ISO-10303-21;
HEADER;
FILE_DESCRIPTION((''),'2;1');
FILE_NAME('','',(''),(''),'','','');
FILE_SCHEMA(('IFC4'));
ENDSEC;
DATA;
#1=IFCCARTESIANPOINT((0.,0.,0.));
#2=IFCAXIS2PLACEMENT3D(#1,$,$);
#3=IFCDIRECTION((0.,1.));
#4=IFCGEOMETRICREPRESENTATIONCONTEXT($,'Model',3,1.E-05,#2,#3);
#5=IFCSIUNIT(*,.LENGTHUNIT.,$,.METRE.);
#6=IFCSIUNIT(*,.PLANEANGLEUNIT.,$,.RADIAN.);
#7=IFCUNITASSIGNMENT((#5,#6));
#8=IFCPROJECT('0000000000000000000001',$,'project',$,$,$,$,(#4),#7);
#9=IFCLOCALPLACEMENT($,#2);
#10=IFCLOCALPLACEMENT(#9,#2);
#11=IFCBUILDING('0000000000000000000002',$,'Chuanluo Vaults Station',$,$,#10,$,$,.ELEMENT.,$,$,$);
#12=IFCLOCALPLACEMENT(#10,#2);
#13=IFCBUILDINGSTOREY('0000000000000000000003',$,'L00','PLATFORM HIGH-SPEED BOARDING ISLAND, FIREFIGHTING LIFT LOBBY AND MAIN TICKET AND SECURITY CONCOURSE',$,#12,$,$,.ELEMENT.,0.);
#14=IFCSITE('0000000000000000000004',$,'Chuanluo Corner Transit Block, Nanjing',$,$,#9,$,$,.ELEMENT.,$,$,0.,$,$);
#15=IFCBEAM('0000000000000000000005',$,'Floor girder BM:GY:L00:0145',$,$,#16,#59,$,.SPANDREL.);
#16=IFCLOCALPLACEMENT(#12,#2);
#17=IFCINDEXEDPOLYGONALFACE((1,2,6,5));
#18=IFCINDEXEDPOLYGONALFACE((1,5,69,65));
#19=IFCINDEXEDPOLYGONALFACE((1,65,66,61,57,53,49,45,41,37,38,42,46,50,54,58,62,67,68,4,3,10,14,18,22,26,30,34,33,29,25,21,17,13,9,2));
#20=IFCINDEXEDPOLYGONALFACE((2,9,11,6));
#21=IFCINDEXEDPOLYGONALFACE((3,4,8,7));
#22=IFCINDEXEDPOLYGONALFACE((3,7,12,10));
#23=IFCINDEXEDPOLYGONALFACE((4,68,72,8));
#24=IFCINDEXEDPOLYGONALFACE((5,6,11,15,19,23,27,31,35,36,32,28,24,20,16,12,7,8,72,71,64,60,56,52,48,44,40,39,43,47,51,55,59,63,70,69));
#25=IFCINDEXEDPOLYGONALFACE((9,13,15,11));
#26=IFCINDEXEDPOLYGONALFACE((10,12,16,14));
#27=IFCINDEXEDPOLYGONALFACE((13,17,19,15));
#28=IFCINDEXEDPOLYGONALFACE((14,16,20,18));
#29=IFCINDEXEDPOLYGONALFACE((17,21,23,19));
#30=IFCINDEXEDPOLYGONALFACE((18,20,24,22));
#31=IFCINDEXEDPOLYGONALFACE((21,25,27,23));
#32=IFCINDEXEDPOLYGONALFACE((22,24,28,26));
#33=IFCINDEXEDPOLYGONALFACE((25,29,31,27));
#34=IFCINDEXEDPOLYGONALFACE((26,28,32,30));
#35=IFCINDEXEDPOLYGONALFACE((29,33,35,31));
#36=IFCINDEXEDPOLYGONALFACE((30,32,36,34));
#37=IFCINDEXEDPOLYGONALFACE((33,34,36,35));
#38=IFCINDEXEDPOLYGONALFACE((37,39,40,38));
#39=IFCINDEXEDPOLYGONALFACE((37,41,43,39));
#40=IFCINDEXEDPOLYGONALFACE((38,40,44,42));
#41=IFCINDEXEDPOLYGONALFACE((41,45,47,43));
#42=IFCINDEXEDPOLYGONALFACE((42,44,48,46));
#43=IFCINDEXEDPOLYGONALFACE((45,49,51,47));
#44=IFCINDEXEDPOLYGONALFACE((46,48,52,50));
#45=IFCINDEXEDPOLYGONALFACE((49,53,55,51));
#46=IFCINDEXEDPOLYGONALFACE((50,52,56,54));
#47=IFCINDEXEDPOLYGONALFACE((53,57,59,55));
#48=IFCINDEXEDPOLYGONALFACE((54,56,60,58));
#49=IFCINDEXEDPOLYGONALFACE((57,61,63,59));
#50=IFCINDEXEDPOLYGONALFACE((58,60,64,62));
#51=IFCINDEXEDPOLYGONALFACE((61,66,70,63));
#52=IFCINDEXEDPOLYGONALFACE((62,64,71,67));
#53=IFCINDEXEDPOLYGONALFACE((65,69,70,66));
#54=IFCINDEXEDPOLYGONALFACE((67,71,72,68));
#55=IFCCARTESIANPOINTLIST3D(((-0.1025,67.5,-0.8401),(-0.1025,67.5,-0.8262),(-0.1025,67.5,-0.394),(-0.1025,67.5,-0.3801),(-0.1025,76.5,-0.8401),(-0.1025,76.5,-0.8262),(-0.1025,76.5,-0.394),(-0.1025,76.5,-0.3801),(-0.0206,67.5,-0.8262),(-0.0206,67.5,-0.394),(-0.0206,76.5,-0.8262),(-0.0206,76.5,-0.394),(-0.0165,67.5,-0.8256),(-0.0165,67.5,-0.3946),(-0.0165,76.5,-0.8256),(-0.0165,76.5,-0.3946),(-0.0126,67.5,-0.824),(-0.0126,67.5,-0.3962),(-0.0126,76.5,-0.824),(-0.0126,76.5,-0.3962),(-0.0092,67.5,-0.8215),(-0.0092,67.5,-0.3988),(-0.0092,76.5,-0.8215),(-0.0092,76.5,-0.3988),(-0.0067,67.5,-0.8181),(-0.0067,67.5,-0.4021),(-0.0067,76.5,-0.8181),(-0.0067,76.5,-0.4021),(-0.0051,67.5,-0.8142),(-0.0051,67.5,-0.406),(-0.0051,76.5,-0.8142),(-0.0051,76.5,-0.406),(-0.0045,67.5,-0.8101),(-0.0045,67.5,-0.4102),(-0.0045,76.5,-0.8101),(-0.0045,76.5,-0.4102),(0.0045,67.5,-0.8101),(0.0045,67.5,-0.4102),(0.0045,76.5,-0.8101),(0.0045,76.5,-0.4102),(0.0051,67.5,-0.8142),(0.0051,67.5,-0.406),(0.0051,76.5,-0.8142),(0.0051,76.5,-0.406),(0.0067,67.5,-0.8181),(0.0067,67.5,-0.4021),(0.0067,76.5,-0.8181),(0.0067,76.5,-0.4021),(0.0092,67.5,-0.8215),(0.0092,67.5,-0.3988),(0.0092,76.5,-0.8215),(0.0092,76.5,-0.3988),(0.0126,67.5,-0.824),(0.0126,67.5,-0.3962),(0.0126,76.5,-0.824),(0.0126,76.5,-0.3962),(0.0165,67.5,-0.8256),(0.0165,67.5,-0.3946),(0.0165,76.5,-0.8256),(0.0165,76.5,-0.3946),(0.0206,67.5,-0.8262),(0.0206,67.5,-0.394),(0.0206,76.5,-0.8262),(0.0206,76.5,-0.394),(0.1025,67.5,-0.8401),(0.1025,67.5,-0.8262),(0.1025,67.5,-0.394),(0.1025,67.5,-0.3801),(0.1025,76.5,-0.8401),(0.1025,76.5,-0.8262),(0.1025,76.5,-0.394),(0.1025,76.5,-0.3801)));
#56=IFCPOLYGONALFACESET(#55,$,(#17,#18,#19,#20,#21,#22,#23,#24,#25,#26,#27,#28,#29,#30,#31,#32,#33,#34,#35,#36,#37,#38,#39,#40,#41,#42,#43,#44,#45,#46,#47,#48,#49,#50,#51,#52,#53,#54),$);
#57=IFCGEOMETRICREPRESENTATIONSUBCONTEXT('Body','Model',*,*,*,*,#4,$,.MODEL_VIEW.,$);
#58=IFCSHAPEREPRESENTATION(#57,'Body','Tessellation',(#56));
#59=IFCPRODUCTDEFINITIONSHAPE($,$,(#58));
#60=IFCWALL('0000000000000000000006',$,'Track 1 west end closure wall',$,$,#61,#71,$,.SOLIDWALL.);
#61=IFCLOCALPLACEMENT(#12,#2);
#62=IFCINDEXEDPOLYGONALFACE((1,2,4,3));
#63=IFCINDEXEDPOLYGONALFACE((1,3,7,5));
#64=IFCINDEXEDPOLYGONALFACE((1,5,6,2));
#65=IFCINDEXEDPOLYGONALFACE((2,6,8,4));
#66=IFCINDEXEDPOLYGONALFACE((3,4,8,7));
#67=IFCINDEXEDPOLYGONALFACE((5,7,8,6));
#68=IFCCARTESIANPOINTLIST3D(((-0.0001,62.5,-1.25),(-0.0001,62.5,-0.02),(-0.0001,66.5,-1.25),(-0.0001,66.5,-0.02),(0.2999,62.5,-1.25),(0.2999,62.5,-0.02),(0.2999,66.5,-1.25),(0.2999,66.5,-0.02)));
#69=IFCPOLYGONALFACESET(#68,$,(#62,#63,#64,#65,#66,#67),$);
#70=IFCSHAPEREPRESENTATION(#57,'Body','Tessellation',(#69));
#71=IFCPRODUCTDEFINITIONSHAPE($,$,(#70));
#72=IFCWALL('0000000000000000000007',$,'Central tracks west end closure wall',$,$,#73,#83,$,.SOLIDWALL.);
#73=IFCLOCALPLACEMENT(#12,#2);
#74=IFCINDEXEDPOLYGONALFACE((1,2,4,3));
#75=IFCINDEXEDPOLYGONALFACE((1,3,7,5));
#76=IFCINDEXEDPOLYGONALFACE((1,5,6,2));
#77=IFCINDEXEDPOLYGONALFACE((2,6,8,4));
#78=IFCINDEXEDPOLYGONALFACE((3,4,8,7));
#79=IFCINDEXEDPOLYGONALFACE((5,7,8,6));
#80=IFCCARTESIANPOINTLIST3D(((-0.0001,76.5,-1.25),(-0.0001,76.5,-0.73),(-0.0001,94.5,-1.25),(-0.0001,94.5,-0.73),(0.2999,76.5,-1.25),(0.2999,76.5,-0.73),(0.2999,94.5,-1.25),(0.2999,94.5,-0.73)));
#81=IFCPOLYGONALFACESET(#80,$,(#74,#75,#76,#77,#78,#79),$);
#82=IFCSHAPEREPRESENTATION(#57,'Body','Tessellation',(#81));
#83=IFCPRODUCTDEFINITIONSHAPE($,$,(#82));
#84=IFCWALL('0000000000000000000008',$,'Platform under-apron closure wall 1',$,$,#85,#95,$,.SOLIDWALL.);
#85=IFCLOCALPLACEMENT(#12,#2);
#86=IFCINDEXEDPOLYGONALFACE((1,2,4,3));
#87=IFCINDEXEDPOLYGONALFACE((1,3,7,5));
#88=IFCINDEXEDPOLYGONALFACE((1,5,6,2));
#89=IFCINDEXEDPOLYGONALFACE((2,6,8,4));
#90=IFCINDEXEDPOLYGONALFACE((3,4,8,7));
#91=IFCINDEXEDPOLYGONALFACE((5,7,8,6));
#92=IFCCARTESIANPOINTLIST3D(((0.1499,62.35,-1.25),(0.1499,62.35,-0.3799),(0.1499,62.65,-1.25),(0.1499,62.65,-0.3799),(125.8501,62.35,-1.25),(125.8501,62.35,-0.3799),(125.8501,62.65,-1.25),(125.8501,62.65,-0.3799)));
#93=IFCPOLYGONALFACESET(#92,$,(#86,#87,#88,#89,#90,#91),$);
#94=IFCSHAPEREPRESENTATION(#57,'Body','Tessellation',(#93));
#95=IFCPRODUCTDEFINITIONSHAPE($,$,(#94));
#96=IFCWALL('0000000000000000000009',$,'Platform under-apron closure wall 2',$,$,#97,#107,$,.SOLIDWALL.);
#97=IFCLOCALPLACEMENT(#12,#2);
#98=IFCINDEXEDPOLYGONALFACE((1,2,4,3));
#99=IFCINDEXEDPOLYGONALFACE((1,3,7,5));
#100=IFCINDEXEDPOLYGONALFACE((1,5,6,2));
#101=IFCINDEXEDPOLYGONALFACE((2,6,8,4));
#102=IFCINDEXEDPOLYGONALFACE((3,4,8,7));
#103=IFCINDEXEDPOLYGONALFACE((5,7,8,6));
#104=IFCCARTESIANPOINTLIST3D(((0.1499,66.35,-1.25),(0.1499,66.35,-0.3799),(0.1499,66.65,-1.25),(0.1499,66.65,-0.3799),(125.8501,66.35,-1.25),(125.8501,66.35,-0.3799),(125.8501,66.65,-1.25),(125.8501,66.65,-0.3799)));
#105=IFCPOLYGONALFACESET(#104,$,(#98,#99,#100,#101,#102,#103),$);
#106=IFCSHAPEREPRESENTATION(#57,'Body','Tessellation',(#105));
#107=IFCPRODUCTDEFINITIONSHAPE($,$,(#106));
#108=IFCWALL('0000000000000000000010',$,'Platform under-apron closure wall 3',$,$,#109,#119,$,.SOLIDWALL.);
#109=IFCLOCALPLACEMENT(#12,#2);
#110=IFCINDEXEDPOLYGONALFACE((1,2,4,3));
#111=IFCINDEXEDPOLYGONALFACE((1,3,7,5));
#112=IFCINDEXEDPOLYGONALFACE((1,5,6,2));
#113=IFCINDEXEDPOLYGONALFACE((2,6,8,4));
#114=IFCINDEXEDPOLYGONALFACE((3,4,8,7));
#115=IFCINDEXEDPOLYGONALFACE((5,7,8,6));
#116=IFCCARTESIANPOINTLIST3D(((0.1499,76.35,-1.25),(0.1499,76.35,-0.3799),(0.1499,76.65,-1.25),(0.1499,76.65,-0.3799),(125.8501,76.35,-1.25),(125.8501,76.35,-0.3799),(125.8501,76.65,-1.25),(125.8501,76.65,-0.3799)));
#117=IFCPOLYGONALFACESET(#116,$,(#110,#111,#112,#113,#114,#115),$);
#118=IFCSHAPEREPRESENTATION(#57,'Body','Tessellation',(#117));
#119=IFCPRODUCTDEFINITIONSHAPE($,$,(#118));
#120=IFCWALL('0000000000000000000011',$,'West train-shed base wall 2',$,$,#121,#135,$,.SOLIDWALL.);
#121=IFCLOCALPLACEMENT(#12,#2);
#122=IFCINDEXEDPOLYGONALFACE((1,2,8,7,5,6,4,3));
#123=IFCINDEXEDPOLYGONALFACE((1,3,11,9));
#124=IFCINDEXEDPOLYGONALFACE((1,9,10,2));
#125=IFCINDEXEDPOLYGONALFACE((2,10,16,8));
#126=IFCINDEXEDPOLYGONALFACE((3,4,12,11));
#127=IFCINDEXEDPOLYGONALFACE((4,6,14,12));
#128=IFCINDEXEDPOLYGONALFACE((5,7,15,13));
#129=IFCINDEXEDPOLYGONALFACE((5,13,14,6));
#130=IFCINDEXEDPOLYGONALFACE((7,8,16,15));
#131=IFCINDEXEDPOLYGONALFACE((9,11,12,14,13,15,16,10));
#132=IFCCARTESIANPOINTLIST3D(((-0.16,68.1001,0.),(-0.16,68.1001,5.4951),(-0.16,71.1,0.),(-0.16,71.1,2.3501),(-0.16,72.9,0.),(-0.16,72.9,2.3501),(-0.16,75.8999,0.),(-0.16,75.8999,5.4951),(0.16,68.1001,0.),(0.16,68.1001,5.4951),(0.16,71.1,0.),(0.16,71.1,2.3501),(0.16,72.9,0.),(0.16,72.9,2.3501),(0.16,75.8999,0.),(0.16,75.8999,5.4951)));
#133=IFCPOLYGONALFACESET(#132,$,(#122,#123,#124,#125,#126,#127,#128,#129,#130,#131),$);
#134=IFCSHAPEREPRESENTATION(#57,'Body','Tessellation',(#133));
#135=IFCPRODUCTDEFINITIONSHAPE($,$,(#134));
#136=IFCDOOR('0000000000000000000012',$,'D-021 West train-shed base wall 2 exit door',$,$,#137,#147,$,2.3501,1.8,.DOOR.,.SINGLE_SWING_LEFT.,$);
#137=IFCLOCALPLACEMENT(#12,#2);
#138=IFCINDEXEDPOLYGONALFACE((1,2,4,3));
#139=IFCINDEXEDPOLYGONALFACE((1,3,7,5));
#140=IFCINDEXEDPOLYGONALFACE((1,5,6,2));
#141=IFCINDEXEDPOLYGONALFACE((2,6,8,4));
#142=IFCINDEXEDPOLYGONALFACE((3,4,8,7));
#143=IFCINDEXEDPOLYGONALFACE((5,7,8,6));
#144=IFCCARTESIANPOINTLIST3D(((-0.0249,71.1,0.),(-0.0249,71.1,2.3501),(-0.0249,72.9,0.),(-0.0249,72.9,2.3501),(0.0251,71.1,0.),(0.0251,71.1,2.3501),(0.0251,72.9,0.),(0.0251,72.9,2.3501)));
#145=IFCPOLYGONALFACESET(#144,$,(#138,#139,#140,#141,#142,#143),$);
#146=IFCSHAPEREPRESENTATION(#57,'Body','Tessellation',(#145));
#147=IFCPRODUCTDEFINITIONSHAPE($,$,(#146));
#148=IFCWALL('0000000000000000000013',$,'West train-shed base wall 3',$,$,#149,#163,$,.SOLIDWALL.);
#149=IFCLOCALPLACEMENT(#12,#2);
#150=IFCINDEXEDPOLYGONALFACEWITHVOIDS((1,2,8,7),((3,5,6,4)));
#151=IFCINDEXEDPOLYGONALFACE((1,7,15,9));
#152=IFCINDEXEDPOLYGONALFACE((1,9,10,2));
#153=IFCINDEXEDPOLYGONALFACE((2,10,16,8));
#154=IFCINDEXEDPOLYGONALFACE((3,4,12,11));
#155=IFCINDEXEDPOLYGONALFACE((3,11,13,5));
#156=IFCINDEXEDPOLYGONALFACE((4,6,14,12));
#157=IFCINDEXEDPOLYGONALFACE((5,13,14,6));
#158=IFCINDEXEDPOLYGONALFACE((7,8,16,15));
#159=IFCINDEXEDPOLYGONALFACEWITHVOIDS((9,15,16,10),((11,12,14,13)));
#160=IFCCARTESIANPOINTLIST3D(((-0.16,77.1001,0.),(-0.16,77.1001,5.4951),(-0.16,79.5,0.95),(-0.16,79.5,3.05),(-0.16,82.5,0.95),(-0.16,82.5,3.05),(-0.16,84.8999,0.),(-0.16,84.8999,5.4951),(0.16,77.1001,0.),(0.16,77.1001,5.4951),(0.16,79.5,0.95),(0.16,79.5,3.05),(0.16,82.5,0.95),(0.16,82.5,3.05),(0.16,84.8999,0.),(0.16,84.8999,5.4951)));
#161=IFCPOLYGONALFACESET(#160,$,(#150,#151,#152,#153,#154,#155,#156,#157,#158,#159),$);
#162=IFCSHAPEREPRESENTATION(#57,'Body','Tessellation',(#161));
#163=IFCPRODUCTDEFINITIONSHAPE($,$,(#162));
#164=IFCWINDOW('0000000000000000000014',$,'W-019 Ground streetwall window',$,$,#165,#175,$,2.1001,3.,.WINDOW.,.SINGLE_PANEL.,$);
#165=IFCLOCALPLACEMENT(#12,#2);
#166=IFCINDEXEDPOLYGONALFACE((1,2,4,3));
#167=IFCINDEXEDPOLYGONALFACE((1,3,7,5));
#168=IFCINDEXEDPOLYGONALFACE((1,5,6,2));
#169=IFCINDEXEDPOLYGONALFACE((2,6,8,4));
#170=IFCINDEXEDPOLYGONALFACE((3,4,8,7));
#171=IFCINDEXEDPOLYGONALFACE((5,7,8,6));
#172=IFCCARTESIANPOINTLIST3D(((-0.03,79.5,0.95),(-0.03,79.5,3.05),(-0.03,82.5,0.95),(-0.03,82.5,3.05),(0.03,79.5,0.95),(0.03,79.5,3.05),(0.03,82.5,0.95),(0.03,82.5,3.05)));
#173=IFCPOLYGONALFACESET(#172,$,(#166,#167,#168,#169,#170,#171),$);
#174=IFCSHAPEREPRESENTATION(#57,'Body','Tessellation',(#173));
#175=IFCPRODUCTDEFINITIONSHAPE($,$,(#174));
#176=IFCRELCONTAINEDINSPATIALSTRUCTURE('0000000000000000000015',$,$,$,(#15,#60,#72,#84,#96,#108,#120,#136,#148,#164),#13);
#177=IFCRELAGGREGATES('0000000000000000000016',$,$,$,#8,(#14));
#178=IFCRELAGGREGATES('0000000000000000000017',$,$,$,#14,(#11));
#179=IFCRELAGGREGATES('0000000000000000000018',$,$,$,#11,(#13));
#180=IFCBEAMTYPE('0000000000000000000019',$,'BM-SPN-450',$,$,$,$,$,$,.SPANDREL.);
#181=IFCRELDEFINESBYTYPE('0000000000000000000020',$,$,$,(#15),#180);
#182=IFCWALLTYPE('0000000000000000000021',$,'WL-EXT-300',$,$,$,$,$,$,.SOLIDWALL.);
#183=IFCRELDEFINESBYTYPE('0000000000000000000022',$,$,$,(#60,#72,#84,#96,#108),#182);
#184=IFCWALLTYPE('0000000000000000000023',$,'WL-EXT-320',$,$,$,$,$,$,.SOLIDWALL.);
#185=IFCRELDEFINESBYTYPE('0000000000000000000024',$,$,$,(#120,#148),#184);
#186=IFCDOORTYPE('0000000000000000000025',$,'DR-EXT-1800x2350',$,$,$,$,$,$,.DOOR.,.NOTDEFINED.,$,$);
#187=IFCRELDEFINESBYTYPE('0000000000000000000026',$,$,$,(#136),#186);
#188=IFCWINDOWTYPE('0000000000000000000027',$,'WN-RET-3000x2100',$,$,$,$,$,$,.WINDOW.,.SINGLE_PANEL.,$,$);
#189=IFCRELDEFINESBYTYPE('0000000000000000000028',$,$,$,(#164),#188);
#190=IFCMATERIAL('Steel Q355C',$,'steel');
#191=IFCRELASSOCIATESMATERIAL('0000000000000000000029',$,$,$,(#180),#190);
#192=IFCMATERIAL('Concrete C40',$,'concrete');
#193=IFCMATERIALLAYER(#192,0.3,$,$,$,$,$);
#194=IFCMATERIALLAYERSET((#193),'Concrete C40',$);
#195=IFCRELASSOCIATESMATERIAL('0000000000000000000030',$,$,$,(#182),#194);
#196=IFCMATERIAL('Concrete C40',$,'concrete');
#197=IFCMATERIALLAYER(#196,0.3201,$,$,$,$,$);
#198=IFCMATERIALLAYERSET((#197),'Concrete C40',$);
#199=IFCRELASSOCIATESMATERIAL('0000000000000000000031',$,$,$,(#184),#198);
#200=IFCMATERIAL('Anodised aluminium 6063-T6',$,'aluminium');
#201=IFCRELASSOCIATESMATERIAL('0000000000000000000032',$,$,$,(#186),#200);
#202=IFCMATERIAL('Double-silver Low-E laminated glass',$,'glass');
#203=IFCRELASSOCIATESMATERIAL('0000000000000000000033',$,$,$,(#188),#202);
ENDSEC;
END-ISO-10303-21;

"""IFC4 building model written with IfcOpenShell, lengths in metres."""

from ifc_helpers import new_model, si_unit, direction, frame, frame_2d, origin, origin_2d, place, context, subcontext, project, spatial, rectangle, i_section, extrude, material, layer, layer_set, material_profile, profile_set, type_object, element, fill, save


model = new_model("IFC4")

# Units and contexts
model_context = context("Model", 3, precision=1e-05, world=origin(), true_north=direction((0.0, 1.0)))
body_context = subcontext(model_context, "Body", "Model", "MODEL_VIEW")
ifc_project = project(units=[si_unit("LENGTHUNIT", "METRE"), si_unit("PLANEANGLEUNIT", "RADIAN")], contexts=[model_context])

# Site, building, storey
site_placement = place(None, origin())
site = spatial("IfcSite", under=ifc_project, at=site_placement, Name="Chuanluo Corner Transit Block, Nanjing", CompositionType="ELEMENT", RefElevation=0.0)
building_placement = place(site_placement, origin())
building = spatial("IfcBuilding", under=site, at=building_placement, Name="Chuanluo Vaults Station", CompositionType="ELEMENT")
storey_placement = place(building_placement, origin())
storey = spatial("IfcBuildingStorey", under=building, at=storey_placement, Name="L00", Description="PLATFORM HIGH-SPEED BOARDING ISLAND, FIREFIGHTING LIFT LOBBY AND MAIN TICKET AND SECURITY CONCOURSE", CompositionType="ELEMENT", Elevation=0.0)

# Beam
ifc_material_1 = material(Name="Steel Q355C", Category="steel")
ifc_material_profile_1 = material_profile(ifc_material_1, i_section(OverallWidth=0.2051, OverallDepth=0.46, WebThickness=0.009, FlangeThickness=0.0139, FilletRadius=0.0161, at=origin_2d()))
ifc_profile_set_1 = profile_set([ifc_material_profile_1], Name="Steel Q355C")
beam_type_1 = type_object("IfcBeamType", Name="BM-SPN-450", PredefinedType="SPANDREL", material=ifc_profile_set_1)
beam_1_placement = place(storey_placement, frame((0.0, 67.5, -0.6101), z_axis=(0.0, 1.0, 0.0), x_axis=(-1.0, 0.0, 0.0)))
element("IfcBeam", 1, at=beam_1_placement, inside=storey, type_object=beam_type_1, Name="Floor girder BM:GY:L00:0145", PredefinedType="SPANDREL", context=body_context, shape_type="SweptSolid", body=[
    extrude(i_section(OverallWidth=0.2051, OverallDepth=0.46, WebThickness=0.009, FlangeThickness=0.0139, FilletRadius=0.0161, at=origin_2d()), origin(), (0.0, 0.0, 1.0), 9.0),
])

# Walls
ifc_material_2 = material(Name="Concrete C40", Category="concrete")
ifc_layer_1 = layer(ifc_material_2, 0.3)
ifc_layer_set_1 = layer_set([ifc_layer_1], Name="Concrete C40")
wall_type_1 = type_object("IfcWallType", Name="WL-EXT-300", PredefinedType="SOLIDWALL", material=ifc_layer_set_1)
wall_1_placement = place(storey_placement, frame((0.1499, 62.5, -1.25), z_axis=(0.0, 0.0, 1.0), x_axis=(0.0, 1.0, 0.0)))
element("IfcWall", 2, at=wall_1_placement, inside=storey, type_object=wall_type_1, Name="Track 1 west end closure wall", PredefinedType="SOLIDWALL", context=body_context, shape_type="SweptSolid", body=[
    extrude(rectangle(XDim=4.0, YDim=0.3, at=frame_2d((2.0, 0.0))), origin(), (0.0, 0.0, 1.0), 1.23),
])
wall_2_placement = place(storey_placement, frame((0.1499, 76.5, -1.25), z_axis=(0.0, 0.0, 1.0), x_axis=(0.0, 1.0, 0.0)))
element("IfcWall", 3, at=wall_2_placement, inside=storey, type_object=wall_type_1, Name="Central tracks west end closure wall", PredefinedType="SOLIDWALL", context=body_context, shape_type="SweptSolid", body=[
    extrude(rectangle(XDim=18.0, YDim=0.3, at=frame_2d((9.0, 0.0))), origin(), (0.0, 0.0, 1.0), 0.52),
])
for number, where, z_axis, x_axis, name in (
    (4, (0.1499, 62.5, -1.25), (0.0, 0.0, 1.0), (1.0, 0.0, 0.0), "Platform under-apron closure wall 1"),
    (5, (0.1499, 66.5, -1.25), (0.0, 0.0, 1.0), (1.0, 0.0, 0.0), "Platform under-apron closure wall 2"),
    (6, (0.1499, 76.5, -1.25), (0.0, 0.0, 1.0), (1.0, 0.0, 0.0), "Platform under-apron closure wall 3"),
):
    element("IfcWall", number, at=place(storey_placement, frame(where, z_axis=z_axis, x_axis=x_axis)), inside=storey, type_object=wall_type_1, Name=name, PredefinedType="SOLIDWALL", context=body_context, shape_type="SweptSolid", body=[
        extrude(rectangle(XDim=125.7002, YDim=0.3, at=frame_2d((62.8501, 0.0))), origin(), (0.0, 0.0, 1.0), 0.8701),
    ])

# Wall, opening, door
ifc_material_3 = material(Name="Concrete C40", Category="concrete")
ifc_layer_2 = layer(ifc_material_3, 0.3201)
ifc_layer_set_2 = layer_set([ifc_layer_2], Name="Concrete C40")
wall_type_2 = type_object("IfcWallType", Name="WL-EXT-320", PredefinedType="SOLIDWALL", material=ifc_layer_set_2)
wall_3_placement = place(storey_placement, frame((0.0, 68.1001, 0.0), z_axis=(0.0, 0.0, 1.0), x_axis=(0.0, 1.0, 0.0)))
wall_3 = element("IfcWall", 7, at=wall_3_placement, inside=storey, type_object=wall_type_2, Name="West train-shed base wall 2", PredefinedType="SOLIDWALL", context=body_context, shape_type="SweptSolid", body=[
    extrude(rectangle(XDim=7.7998, YDim=0.3201, at=frame_2d((3.8999, 0.0))), origin(), (0.0, 0.0, 1.0), 5.4951),
])
opening_1_placement = place(wall_3_placement, frame((3.0, 0.0, 0.0)))
opening_1 = element("IfcOpeningElement", 8, at=opening_1_placement, cuts=wall_3, PredefinedType="OPENING", context=body_context, shape_type="SweptSolid", body=[
    extrude(rectangle(XDim=1.8, YDim=2.3501, at=frame_2d((0.8999, 1.175))), frame((0.0, 0.1702, 0.0), z_axis=(0.0, -1.0, 0.0), x_axis=(1.0, 0.0, 0.0)), (0.0, 0.0, 1.0), 0.3401),
])
ifc_material_4 = material(Name="Anodised aluminium 6063-T6", Category="aluminium")
door_type = type_object("IfcDoorType", Name="DR-EXT-1800x2350", OperationType="NOTDEFINED", PredefinedType="DOOR", material=ifc_material_4)
door_placement = place(opening_1_placement, origin())
door = element("IfcDoor", 9, at=door_placement, inside=storey, type_object=door_type, Name="D-021 West train-shed base wall 2 exit door", OperationType="SINGLE_SWING_LEFT", OverallHeight=2.3501, OverallWidth=1.8, PredefinedType="DOOR", context=body_context, shape_type="SweptSolid", body=[
    extrude(rectangle(XDim=1.8, YDim=2.3501, at=frame_2d((0.8999, 1.175))), frame((0.0, 0.0249, 0.0), z_axis=(0.0, -1.0, 0.0), x_axis=(1.0, 0.0, 0.0)), (0.0, 0.0, 1.0), 0.05),
])
fill(opening_1, door)

# Wall, opening, window
wall_4_placement = place(storey_placement, frame((0.0, 77.1001, 0.0), z_axis=(0.0, 0.0, 1.0), x_axis=(0.0, 1.0, 0.0)))
wall_4 = element("IfcWall", 10, at=wall_4_placement, inside=storey, type_object=wall_type_2, Name="West train-shed base wall 3", PredefinedType="SOLIDWALL", context=body_context, shape_type="SweptSolid", body=[
    extrude(rectangle(XDim=7.7998, YDim=0.3201, at=frame_2d((3.8999, 0.0))), origin(), (0.0, 0.0, 1.0), 5.4951),
])
opening_2_placement = place(wall_4_placement, frame((2.3999, 0.0, 0.95)))
opening_2 = element("IfcOpeningElement", 11, at=opening_2_placement, cuts=wall_4, PredefinedType="OPENING", context=body_context, shape_type="SweptSolid", body=[
    extrude(rectangle(XDim=3.0, YDim=2.1001, at=frame_2d((1.5, 1.05))), frame((0.0, 0.1702, 0.0), z_axis=(0.0, -1.0, 0.0), x_axis=(1.0, 0.0, 0.0)), (0.0, 0.0, 1.0), 0.3401),
])
ifc_material_5 = material(Name="Double-silver Low-E laminated glass", Category="glass")
window_type = type_object("IfcWindowType", Name="WN-RET-3000x2100", PartitioningType="SINGLE_PANEL", PredefinedType="WINDOW", material=ifc_material_5)
window_placement = place(opening_2_placement, origin())
window = element("IfcWindow", 12, at=window_placement, inside=storey, type_object=window_type, Name="W-019 Ground streetwall window", OverallHeight=2.1001, OverallWidth=3.0, PartitioningType="SINGLE_PANEL", PredefinedType="WINDOW", context=body_context, shape_type="SweptSolid", body=[
    extrude(rectangle(XDim=3.0, YDim=2.1001, at=frame_2d((1.5, 1.05))), frame((0.0, 0.03, 0.0), z_axis=(0.0, -1.0, 0.0), x_axis=(1.0, 0.0, 0.0)), (0.0, 0.0, 1.0), 0.0601),
])
fill(opening_2, window)

save(model, "model.ifc")
